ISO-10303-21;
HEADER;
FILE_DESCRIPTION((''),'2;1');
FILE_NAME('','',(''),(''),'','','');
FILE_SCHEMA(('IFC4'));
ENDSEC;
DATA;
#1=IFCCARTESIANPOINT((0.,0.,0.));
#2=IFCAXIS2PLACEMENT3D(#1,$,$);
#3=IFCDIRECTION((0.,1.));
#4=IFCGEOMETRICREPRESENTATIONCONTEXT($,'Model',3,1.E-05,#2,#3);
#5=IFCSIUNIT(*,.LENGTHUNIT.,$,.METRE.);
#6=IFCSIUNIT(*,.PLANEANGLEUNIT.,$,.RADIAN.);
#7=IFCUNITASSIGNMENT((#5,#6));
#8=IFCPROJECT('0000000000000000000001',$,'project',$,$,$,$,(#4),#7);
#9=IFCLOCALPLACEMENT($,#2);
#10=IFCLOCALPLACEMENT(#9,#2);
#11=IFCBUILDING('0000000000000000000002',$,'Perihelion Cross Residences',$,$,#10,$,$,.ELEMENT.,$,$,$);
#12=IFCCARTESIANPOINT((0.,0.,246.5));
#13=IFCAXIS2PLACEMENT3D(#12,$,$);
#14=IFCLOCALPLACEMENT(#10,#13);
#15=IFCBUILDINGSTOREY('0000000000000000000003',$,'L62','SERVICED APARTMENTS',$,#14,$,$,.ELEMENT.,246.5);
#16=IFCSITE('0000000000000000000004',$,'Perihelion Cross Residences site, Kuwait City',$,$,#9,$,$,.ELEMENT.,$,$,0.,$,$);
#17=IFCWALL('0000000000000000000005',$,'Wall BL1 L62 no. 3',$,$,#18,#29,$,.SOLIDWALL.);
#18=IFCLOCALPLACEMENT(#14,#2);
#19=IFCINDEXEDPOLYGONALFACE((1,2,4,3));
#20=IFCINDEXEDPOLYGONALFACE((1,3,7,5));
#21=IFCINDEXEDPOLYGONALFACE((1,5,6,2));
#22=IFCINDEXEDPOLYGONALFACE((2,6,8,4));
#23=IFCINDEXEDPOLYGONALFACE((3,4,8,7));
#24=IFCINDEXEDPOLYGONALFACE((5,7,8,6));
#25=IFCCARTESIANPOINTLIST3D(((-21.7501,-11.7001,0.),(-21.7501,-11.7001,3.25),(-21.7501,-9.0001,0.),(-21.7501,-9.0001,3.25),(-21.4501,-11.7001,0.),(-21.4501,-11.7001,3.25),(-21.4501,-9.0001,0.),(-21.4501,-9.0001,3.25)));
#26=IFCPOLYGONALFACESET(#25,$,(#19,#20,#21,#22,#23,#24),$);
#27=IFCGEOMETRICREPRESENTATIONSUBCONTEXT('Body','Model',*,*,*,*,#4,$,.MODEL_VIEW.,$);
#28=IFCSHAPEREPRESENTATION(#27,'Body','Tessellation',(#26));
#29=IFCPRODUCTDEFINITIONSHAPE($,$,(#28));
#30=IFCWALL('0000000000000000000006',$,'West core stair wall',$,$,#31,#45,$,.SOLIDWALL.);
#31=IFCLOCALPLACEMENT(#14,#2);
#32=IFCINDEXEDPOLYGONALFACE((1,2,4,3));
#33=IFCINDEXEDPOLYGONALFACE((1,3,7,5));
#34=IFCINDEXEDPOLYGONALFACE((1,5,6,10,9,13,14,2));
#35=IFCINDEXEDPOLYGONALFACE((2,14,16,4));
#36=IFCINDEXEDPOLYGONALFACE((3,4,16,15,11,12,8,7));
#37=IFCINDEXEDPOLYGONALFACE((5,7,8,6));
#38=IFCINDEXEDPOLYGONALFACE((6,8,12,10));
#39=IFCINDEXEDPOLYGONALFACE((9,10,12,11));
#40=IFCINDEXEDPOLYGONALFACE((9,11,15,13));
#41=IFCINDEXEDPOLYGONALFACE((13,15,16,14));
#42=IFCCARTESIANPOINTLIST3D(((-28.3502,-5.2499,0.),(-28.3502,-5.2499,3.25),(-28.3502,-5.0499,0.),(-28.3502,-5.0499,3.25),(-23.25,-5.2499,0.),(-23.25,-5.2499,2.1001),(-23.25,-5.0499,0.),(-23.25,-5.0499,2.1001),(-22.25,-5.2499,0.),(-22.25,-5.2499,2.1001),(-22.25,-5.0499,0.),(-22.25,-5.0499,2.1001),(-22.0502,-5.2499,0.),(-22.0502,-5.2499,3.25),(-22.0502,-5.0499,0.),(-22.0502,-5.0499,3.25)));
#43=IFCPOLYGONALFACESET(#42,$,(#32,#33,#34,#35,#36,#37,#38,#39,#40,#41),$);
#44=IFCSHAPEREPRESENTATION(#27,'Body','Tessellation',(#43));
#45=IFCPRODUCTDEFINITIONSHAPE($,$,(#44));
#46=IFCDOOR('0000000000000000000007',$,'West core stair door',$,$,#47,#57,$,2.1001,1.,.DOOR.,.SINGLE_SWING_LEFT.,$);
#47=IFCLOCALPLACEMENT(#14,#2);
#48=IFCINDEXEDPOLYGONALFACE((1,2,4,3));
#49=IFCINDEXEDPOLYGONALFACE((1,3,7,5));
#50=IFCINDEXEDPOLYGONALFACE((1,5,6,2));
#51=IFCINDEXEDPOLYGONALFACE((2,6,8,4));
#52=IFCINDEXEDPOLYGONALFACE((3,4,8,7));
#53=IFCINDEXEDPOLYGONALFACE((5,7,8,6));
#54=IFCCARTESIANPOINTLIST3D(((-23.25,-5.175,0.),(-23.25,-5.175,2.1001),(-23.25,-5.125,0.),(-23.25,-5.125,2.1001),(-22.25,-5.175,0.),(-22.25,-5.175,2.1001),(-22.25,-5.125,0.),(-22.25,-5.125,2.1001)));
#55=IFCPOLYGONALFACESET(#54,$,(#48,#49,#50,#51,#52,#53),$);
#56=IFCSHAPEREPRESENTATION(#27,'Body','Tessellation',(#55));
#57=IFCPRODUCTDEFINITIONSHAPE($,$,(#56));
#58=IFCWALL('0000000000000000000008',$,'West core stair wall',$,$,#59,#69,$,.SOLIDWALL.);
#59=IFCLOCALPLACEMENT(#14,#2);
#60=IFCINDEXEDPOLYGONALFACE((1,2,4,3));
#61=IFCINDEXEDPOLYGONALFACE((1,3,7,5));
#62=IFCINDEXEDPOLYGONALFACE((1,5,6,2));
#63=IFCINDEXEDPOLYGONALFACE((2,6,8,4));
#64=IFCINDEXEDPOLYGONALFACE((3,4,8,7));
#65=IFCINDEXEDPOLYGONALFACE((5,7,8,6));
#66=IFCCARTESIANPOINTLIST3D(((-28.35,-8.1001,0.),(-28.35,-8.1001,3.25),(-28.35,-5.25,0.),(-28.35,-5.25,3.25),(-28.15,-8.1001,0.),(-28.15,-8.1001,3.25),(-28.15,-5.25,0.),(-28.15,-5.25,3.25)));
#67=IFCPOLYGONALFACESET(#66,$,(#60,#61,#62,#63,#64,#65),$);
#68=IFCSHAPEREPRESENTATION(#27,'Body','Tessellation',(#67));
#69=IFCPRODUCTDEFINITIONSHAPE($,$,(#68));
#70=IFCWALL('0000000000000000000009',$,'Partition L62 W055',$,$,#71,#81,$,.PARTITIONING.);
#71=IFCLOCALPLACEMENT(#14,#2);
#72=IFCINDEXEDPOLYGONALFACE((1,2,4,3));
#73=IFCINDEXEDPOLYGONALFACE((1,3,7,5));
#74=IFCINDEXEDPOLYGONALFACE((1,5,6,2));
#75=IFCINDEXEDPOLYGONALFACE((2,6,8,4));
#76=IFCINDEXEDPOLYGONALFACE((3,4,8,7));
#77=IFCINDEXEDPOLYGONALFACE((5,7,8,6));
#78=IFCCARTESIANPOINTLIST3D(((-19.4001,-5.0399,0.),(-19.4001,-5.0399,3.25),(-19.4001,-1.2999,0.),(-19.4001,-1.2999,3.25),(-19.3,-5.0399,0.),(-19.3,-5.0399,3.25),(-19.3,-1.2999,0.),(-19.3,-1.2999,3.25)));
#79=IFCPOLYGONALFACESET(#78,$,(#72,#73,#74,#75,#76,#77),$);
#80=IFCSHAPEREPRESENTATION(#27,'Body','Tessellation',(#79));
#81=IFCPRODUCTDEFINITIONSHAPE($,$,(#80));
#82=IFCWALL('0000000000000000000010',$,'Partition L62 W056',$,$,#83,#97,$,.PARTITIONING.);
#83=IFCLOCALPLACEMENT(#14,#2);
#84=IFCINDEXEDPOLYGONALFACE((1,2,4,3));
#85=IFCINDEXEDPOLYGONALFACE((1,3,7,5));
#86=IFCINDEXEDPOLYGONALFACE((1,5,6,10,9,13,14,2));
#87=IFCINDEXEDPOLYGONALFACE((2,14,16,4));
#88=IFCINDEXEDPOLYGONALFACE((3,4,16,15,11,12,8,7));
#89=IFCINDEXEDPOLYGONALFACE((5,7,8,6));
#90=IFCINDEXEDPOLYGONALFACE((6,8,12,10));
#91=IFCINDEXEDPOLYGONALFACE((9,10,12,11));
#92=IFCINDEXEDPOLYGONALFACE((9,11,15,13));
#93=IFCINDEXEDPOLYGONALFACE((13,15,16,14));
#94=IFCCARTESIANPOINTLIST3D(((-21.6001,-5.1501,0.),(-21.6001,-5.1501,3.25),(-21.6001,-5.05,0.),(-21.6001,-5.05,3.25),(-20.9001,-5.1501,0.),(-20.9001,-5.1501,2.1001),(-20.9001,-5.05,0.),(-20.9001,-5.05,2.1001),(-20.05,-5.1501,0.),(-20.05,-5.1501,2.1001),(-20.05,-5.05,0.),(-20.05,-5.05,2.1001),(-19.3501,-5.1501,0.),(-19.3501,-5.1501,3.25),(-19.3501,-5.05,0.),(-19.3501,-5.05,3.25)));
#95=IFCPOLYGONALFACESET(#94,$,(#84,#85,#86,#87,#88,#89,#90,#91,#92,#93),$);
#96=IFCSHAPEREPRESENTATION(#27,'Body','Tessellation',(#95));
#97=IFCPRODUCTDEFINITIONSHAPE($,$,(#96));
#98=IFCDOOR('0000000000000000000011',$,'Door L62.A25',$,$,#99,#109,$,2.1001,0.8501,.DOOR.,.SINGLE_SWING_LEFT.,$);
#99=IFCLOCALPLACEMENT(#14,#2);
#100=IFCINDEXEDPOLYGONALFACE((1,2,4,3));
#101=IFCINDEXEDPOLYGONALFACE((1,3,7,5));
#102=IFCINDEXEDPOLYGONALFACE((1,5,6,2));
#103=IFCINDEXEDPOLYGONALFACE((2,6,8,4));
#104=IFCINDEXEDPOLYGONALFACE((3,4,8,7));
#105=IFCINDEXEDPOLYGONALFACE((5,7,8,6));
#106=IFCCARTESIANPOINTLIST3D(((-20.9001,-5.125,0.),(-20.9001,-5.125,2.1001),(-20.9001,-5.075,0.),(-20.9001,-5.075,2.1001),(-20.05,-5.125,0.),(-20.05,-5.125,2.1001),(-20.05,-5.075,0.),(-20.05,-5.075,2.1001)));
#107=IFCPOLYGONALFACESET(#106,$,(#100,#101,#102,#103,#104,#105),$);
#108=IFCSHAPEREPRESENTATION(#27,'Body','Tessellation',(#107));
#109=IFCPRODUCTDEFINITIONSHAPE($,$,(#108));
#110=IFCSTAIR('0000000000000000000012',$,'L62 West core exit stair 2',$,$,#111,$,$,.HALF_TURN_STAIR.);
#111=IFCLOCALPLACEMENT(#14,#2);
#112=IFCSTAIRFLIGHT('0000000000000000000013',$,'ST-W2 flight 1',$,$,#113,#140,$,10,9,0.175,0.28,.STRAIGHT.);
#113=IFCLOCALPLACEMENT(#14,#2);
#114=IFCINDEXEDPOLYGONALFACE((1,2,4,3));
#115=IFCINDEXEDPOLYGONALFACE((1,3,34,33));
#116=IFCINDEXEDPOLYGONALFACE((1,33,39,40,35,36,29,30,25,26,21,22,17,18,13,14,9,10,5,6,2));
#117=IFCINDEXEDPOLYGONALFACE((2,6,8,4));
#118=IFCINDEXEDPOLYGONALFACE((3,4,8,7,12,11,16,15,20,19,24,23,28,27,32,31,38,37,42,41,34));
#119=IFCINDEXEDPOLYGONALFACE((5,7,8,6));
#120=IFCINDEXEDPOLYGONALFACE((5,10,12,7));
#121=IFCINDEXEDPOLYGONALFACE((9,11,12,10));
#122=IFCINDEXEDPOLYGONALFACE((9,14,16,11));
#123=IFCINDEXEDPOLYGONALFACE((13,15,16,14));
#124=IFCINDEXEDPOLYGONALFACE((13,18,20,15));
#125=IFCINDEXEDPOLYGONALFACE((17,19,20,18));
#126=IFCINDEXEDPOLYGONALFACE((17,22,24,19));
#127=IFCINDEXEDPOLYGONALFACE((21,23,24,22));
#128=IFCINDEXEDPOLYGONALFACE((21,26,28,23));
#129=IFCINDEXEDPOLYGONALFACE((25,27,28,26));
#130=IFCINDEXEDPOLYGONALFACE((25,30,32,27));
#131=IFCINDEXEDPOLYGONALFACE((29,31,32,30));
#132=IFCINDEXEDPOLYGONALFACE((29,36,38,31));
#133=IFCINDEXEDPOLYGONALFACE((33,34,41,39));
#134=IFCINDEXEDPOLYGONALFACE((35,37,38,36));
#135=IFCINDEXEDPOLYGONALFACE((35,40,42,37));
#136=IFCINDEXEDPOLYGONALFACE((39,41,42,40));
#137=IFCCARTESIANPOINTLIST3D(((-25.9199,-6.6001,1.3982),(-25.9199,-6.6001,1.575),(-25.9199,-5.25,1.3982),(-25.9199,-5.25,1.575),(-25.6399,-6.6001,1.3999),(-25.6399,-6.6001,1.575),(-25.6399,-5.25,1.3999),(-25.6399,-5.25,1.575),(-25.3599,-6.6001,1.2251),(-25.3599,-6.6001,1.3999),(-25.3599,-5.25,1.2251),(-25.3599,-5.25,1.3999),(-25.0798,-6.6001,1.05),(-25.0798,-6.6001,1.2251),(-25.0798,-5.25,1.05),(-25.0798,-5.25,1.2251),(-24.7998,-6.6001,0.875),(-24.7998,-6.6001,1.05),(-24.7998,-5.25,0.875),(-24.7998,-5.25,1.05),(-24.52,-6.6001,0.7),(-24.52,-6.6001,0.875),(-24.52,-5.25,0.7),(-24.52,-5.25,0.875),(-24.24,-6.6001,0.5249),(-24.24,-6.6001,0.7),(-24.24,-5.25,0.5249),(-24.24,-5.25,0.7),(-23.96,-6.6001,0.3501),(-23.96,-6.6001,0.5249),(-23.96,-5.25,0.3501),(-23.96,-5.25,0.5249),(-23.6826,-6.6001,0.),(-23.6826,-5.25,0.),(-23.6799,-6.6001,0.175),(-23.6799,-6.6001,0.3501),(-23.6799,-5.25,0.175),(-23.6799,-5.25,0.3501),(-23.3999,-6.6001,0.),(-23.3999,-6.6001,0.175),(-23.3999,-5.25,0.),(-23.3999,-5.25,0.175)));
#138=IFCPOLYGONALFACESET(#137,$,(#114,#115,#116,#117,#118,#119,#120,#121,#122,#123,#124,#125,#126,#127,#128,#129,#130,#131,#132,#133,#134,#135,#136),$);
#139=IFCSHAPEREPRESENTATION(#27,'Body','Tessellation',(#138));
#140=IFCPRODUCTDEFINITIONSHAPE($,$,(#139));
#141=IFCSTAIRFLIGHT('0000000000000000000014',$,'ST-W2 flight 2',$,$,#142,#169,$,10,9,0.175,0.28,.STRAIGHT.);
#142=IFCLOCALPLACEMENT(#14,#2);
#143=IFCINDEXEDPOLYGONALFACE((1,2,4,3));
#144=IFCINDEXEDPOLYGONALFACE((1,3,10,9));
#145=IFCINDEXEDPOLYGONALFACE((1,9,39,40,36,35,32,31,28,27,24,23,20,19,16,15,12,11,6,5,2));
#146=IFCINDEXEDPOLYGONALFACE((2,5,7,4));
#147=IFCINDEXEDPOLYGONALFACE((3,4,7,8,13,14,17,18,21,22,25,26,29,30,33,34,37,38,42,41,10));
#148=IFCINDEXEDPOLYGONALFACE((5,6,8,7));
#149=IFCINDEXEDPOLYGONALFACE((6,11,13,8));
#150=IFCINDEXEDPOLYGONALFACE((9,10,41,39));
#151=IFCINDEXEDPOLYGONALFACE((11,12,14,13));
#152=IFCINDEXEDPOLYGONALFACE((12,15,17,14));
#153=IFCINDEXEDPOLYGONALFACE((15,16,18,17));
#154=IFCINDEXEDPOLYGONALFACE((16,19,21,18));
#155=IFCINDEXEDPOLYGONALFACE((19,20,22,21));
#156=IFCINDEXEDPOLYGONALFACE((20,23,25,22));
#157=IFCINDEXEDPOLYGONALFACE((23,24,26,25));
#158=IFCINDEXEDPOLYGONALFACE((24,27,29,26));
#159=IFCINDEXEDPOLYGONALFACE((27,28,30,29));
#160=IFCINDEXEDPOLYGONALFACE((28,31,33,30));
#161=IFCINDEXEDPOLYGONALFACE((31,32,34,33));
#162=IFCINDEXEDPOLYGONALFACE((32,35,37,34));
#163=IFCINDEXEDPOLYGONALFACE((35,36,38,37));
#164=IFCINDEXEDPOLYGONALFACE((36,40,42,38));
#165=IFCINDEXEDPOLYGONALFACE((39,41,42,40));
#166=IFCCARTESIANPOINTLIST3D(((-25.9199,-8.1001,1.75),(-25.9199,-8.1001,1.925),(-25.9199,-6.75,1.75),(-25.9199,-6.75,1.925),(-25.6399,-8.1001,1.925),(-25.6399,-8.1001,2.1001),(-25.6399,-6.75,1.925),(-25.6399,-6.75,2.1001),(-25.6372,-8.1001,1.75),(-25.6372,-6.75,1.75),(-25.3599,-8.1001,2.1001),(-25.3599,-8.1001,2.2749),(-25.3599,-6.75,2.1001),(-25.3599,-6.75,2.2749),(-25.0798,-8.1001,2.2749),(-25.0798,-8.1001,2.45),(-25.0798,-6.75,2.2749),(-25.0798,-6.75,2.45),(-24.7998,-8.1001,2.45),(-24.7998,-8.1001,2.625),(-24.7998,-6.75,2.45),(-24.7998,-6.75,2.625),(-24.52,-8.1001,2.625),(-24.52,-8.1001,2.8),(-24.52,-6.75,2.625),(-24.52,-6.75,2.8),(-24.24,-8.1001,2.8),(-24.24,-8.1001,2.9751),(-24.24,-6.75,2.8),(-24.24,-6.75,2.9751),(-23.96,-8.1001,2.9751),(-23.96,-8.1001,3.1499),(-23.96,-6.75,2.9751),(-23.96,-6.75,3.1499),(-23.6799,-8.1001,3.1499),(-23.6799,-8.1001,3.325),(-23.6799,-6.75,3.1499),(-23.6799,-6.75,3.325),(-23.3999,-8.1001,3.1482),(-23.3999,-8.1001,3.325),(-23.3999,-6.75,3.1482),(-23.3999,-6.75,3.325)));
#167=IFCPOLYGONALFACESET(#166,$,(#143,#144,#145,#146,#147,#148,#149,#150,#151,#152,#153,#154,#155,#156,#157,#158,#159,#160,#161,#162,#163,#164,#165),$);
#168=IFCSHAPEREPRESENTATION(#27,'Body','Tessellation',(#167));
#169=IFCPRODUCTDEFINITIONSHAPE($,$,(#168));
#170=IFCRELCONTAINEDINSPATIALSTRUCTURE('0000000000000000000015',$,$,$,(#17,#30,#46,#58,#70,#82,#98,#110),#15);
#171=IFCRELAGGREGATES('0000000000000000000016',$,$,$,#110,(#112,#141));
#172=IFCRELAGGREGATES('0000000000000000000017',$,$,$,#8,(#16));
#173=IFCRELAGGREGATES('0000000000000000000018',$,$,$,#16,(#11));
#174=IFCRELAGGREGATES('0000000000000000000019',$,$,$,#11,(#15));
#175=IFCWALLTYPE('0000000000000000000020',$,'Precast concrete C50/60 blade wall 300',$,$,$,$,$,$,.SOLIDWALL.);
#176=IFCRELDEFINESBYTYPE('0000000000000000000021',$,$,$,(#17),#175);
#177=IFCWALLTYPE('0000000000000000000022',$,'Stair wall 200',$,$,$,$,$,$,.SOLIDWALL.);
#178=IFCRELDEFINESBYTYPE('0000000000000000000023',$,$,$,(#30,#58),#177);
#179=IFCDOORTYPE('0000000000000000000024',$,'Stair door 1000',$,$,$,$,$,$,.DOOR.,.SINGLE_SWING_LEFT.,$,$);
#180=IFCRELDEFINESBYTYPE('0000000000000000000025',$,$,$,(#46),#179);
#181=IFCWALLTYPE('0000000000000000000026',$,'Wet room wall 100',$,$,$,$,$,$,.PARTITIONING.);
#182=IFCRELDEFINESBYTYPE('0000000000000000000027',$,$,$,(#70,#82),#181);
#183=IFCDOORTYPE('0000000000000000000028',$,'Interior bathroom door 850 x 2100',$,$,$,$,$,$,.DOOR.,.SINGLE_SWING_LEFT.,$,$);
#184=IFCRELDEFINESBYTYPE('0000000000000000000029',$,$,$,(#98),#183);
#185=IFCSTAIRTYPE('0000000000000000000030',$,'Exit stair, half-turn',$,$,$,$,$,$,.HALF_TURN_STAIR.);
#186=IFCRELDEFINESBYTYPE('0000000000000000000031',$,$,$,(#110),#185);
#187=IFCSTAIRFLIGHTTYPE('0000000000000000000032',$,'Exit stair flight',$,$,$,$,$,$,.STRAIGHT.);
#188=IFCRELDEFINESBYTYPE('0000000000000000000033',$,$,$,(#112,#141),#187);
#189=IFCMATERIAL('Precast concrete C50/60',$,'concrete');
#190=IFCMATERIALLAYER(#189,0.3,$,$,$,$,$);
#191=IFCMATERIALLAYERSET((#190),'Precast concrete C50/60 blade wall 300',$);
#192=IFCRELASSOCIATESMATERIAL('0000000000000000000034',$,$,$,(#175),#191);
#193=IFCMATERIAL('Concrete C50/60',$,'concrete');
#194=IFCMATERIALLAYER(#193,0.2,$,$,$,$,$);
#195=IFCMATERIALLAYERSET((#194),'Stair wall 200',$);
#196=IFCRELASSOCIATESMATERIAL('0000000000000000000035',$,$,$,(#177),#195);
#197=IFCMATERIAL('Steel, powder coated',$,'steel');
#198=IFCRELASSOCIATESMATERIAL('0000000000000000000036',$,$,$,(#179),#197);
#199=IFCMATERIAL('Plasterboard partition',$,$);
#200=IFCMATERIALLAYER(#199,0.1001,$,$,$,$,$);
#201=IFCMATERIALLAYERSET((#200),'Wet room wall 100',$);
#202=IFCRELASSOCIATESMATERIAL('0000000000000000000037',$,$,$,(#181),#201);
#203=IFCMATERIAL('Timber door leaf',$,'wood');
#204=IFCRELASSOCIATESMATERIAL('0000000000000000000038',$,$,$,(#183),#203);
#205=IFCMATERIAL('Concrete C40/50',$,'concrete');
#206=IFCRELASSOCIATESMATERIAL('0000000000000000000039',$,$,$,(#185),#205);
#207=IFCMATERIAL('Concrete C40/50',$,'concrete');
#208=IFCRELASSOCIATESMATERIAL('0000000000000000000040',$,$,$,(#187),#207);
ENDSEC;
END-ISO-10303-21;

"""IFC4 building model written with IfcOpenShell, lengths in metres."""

from ifc_helpers import new_model, si_unit, direction, frame, frame_2d, origin, place, context, subcontext, project, spatial, polyline, rectangle, outline, extrude, material, layer, layer_set, type_object, element, fill, aggregate, save


model = new_model("IFC4")

# Units and contexts
model_context = context("Model", 3, precision=1e-05, world=origin(), true_north=direction((0.0, 1.0)))
body_context = subcontext(model_context, "Body", "Model", "MODEL_VIEW")
ifc_project = project(units=[si_unit("LENGTHUNIT", "METRE"), si_unit("PLANEANGLEUNIT", "RADIAN")], contexts=[model_context])

# Site, building, storey
site_placement = place(None, origin())
site = spatial("IfcSite", under=ifc_project, at=site_placement, Name="Perihelion Cross Residences site, Kuwait City", CompositionType="ELEMENT", RefElevation=0.0)
building_placement = place(site_placement, origin())
building = spatial("IfcBuilding", under=site, at=building_placement, Name="Perihelion Cross Residences", CompositionType="ELEMENT")
storey_placement = place(building_placement, frame((0.0, 0.0, 246.5)))
storey = spatial("IfcBuildingStorey", under=building, at=storey_placement, Name="L62", Description="SERVICED APARTMENTS", CompositionType="ELEMENT", Elevation=246.5)

# Wall
ifc_material_1 = material(Name="Precast concrete C50/60", Category="concrete")
ifc_layer_1 = layer(ifc_material_1, 0.3)
ifc_layer_set_1 = layer_set([ifc_layer_1], Name="Precast concrete C50/60 blade wall 300")
wall_type_1 = type_object("IfcWallType", Name="Precast concrete C50/60 blade wall 300", PredefinedType="SOLIDWALL", material=ifc_layer_set_1)
wall_1_placement = place(storey_placement, frame((-21.6001, -9.0, 0.0), z_axis=(0.0, 0.0, 1.0), x_axis=(0.0, -1.0, 0.0)))
element("IfcWall", 1, at=wall_1_placement, inside=storey, type_object=wall_type_1, Name="Wall BL1 L62 no. 3", PredefinedType="SOLIDWALL", context=body_context, shape_type="SweptSolid", body=[
    extrude(rectangle(XDim=2.7, YDim=0.3, at=frame_2d((1.3501, 0.0))), origin(), (0.0, 0.0, 1.0), 3.25),
])

# Wall, opening, door
ifc_material_2 = material(Name="Concrete C50/60", Category="concrete")
ifc_layer_2 = layer(ifc_material_2, 0.2)
ifc_layer_set_2 = layer_set([ifc_layer_2], Name="Stair wall 200")
wall_type_2 = type_object("IfcWallType", Name="Stair wall 200", PredefinedType="SOLIDWALL", material=ifc_layer_set_2)
wall_2_placement = place(storey_placement, frame((-28.3501, -5.1499, 0.0), z_axis=(0.0, 0.0, 1.0), x_axis=(1.0, 0.0, 0.0)))
wall_2 = element("IfcWall", 2, at=wall_2_placement, inside=storey, type_object=wall_type_2, Name="West core stair wall", PredefinedType="SOLIDWALL", context=body_context, shape_type="SweptSolid", body=[
    extrude(rectangle(XDim=6.3, YDim=0.2, at=frame_2d((3.1499, 0.0))), origin(), (0.0, 0.0, 1.0), 3.25),
])
opening_1_placement = place(wall_2_placement, frame((5.1001, 0.0, 0.0)))
opening_1 = element("IfcOpeningElement", 3, at=opening_1_placement, cuts=wall_2, PredefinedType="OPENING", context=body_context, shape_type="SweptSolid", body=[
    extrude(rectangle(XDim=1.0, YDim=2.1001, at=frame_2d((0.5, 1.05))), frame((0.0, 0.1099, 0.0), z_axis=(0.0, -1.0, 0.0), x_axis=(1.0, 0.0, 0.0)), (0.0, 0.0, 1.0), 0.22),
])
ifc_material_3 = material(Name="Steel, powder coated", Category="steel")
door_type_1 = type_object("IfcDoorType", Name="Stair door 1000", OperationType="SINGLE_SWING_LEFT", PredefinedType="DOOR", material=ifc_material_3)
door_1_placement = place(opening_1_placement, origin())
door_1 = element("IfcDoor", 4, at=door_1_placement, inside=storey, type_object=door_type_1, Name="West core stair door", OperationType="SINGLE_SWING_LEFT", OverallHeight=2.1001, OverallWidth=1.0, PredefinedType="DOOR", context=body_context, shape_type="SweptSolid", body=[
    extrude(rectangle(XDim=1.0, YDim=2.1001, at=frame_2d((0.5, 1.05))), frame((0.0, 0.0249, 0.0), z_axis=(0.0, -1.0, 0.0), x_axis=(1.0, 0.0, 0.0)), (0.0, 0.0, 1.0), 0.05),
])
fill(opening_1, door_1)

# Walls
wall_3_placement = place(storey_placement, frame((-28.25, -8.1001, 0.0), z_axis=(0.0, 0.0, 1.0), x_axis=(0.0, 1.0, 0.0)))
element("IfcWall", 5, at=wall_3_placement, inside=storey, type_object=wall_type_2, Name="West core stair wall", PredefinedType="SOLIDWALL", context=body_context, shape_type="SweptSolid", body=[
    extrude(rectangle(XDim=2.8501, YDim=0.2, at=frame_2d((1.425, 0.0))), origin(), (0.0, 0.0, 1.0), 3.25),
])
ifc_material_4 = material(Name="Plasterboard partition")
ifc_layer_3 = layer(ifc_material_4, 0.1001)
ifc_layer_set_3 = layer_set([ifc_layer_3], Name="Wet room wall 100")
wall_type_3 = type_object("IfcWallType", Name="Wet room wall 100", PredefinedType="PARTITIONING", material=ifc_layer_set_3)
wall_4_placement = place(storey_placement, frame((-19.3501, -5.04, 0.0), z_axis=(0.0, 0.0, 1.0), x_axis=(0.0, 1.0, 0.0)))
element("IfcWall", 6, at=wall_4_placement, inside=storey, type_object=wall_type_3, Name="Partition L62 W055", PredefinedType="PARTITIONING", context=body_context, shape_type="SweptSolid", body=[
    extrude(rectangle(XDim=3.74, YDim=0.1001, at=frame_2d((1.8701, 0.0))), origin(), (0.0, 0.0, 1.0), 3.25),
])

# Wall, opening, door
wall_5_placement = place(storey_placement, frame((-19.3501, -5.1001, 0.0), z_axis=(0.0, 0.0, 1.0), x_axis=(-1.0, 0.0, 0.0)))
wall_5 = element("IfcWall", 7, at=wall_5_placement, inside=storey, type_object=wall_type_3, Name="Partition L62 W056", PredefinedType="PARTITIONING", context=body_context, shape_type="SweptSolid", body=[
    extrude(rectangle(XDim=2.25, YDim=0.1001, at=frame_2d((1.125, 0.0))), origin(), (0.0, 0.0, 1.0), 3.25),
])
opening_2_placement = place(wall_5_placement, frame((0.7, 0.0, 0.0)))
opening_2 = element("IfcOpeningElement", 8, at=opening_2_placement, cuts=wall_5, PredefinedType="OPENING", context=body_context, shape_type="SweptSolid", body=[
    extrude(rectangle(XDim=0.8501, YDim=2.1001, at=frame_2d((0.425, 1.05))), frame((0.0, 0.0601, 0.0), z_axis=(0.0, -1.0, 0.0), x_axis=(1.0, 0.0, 0.0)), (0.0, 0.0, 1.0), 0.1201),
])
ifc_material_5 = material(Name="Timber door leaf", Category="wood")
door_type_2 = type_object("IfcDoorType", Name="Interior bathroom door 850 x 2100", OperationType="SINGLE_SWING_LEFT", PredefinedType="DOOR", material=ifc_material_5)
door_2_placement = place(opening_2_placement, origin())
door_2 = element("IfcDoor", 9, at=door_2_placement, inside=storey, type_object=door_type_2, Name="Door L62.A25", OperationType="SINGLE_SWING_LEFT", OverallHeight=2.1001, OverallWidth=0.8501, PredefinedType="DOOR", context=body_context, shape_type="SweptSolid", body=[
    extrude(rectangle(XDim=0.8501, YDim=2.1001, at=frame_2d((0.425, 1.05))), frame((0.0, 0.0249, 0.0), z_axis=(0.0, -1.0, 0.0), x_axis=(1.0, 0.0, 0.0)), (0.0, 0.0, 1.0), 0.05),
])
fill(opening_2, door_2)

# Stair, stair flights
ifc_material_6 = material(Name="Concrete C40/50", Category="concrete")
stair_type = type_object("IfcStairType", Name="Exit stair, half-turn", PredefinedType="HALF_TURN_STAIR", material=ifc_material_6)
stair_placement = place(storey_placement, origin())
stair = element("IfcStair", 10, at=stair_placement, inside=storey, type_object=stair_type, Name="L62 West core exit stair 2", PredefinedType="HALF_TURN_STAIR")
ifc_material_7 = material(Name="Concrete C40/50", Category="concrete")
stair_flight_type = type_object("IfcStairFlightType", Name="Exit stair flight", PredefinedType="STRAIGHT", material=ifc_material_7)
stair_flight_1_placement = place(storey_placement, frame((-23.3999, -5.925, 0.0), z_axis=(0.0, 0.0, 1.0), x_axis=(-1.0, 0.0, 0.0)))
stair_flight_1 = element("IfcStairFlight", 11, at=stair_flight_1_placement, type_object=stair_flight_type, Name="ST-W2 flight 1", NumberOfRisers=10, NumberOfTreads=9, PredefinedType="STRAIGHT", RiserHeight=0.175, TreadLength=0.28, context=body_context, shape_type="SweptSolid", body=[
    extrude(outline(polyline([(0.0, 0.0), (0.0, 0.175), (0.28, 0.175), (0.28, 0.3501), (0.5601, 0.3501), (0.5601, 0.5249), (0.8401, 0.5249), (0.8401, 0.7), (1.1201, 0.7), (1.1201, 0.875), (1.3999, 0.875), (1.3999, 1.05), (1.6799, 1.05), (1.6799, 1.2251), (1.96, 1.2251), (1.96, 1.3999), (2.24, 1.3999), (2.24, 1.575), (2.52, 1.575), (2.52, 1.75), (2.52, 1.3982), (0.2827, 0.0), (0.0, 0.0)])), frame((0.0, 0.675, 0.0), z_axis=(0.0, -1.0, 0.0), x_axis=(1.0, 0.0, 0.0)), (0.0, 0.0, 1.0), 1.3501),
])
stair_flight_2_placement = place(storey_placement, frame((-25.9199, -7.425, 1.75), z_axis=(0.0, 0.0, 1.0), x_axis=(1.0, 0.0, 0.0)))
stair_flight_2 = element("IfcStairFlight", 12, at=stair_flight_2_placement, type_object=stair_flight_type, Name="ST-W2 flight 2", NumberOfRisers=10, NumberOfTreads=9, PredefinedType="STRAIGHT", RiserHeight=0.175, TreadLength=0.28, context=body_context, shape_type="SweptSolid", body=[
    extrude(outline(polyline([(0.0, 0.0), (0.0, 0.175), (0.28, 0.175), (0.28, 0.3501), (0.5601, 0.3501), (0.5601, 0.5249), (0.8401, 0.5249), (0.8401, 0.7), (1.1201, 0.7), (1.1201, 0.875), (1.3999, 0.875), (1.3999, 1.05), (1.6799, 1.05), (1.6799, 1.2251), (1.96, 1.2251), (1.96, 1.3999), (2.24, 1.3999), (2.24, 1.575), (2.52, 1.575), (2.52, 1.75), (2.52, 1.3982), (0.2827, 0.0), (0.0, 0.0)])), frame((0.0, 0.675, 0.0), z_axis=(0.0, -1.0, 0.0), x_axis=(1.0, 0.0, 0.0)), (0.0, 0.0, 1.0), 1.3501),
])
aggregate(stair, [stair_flight_1, stair_flight_2])

save(model, "model.ifc")
